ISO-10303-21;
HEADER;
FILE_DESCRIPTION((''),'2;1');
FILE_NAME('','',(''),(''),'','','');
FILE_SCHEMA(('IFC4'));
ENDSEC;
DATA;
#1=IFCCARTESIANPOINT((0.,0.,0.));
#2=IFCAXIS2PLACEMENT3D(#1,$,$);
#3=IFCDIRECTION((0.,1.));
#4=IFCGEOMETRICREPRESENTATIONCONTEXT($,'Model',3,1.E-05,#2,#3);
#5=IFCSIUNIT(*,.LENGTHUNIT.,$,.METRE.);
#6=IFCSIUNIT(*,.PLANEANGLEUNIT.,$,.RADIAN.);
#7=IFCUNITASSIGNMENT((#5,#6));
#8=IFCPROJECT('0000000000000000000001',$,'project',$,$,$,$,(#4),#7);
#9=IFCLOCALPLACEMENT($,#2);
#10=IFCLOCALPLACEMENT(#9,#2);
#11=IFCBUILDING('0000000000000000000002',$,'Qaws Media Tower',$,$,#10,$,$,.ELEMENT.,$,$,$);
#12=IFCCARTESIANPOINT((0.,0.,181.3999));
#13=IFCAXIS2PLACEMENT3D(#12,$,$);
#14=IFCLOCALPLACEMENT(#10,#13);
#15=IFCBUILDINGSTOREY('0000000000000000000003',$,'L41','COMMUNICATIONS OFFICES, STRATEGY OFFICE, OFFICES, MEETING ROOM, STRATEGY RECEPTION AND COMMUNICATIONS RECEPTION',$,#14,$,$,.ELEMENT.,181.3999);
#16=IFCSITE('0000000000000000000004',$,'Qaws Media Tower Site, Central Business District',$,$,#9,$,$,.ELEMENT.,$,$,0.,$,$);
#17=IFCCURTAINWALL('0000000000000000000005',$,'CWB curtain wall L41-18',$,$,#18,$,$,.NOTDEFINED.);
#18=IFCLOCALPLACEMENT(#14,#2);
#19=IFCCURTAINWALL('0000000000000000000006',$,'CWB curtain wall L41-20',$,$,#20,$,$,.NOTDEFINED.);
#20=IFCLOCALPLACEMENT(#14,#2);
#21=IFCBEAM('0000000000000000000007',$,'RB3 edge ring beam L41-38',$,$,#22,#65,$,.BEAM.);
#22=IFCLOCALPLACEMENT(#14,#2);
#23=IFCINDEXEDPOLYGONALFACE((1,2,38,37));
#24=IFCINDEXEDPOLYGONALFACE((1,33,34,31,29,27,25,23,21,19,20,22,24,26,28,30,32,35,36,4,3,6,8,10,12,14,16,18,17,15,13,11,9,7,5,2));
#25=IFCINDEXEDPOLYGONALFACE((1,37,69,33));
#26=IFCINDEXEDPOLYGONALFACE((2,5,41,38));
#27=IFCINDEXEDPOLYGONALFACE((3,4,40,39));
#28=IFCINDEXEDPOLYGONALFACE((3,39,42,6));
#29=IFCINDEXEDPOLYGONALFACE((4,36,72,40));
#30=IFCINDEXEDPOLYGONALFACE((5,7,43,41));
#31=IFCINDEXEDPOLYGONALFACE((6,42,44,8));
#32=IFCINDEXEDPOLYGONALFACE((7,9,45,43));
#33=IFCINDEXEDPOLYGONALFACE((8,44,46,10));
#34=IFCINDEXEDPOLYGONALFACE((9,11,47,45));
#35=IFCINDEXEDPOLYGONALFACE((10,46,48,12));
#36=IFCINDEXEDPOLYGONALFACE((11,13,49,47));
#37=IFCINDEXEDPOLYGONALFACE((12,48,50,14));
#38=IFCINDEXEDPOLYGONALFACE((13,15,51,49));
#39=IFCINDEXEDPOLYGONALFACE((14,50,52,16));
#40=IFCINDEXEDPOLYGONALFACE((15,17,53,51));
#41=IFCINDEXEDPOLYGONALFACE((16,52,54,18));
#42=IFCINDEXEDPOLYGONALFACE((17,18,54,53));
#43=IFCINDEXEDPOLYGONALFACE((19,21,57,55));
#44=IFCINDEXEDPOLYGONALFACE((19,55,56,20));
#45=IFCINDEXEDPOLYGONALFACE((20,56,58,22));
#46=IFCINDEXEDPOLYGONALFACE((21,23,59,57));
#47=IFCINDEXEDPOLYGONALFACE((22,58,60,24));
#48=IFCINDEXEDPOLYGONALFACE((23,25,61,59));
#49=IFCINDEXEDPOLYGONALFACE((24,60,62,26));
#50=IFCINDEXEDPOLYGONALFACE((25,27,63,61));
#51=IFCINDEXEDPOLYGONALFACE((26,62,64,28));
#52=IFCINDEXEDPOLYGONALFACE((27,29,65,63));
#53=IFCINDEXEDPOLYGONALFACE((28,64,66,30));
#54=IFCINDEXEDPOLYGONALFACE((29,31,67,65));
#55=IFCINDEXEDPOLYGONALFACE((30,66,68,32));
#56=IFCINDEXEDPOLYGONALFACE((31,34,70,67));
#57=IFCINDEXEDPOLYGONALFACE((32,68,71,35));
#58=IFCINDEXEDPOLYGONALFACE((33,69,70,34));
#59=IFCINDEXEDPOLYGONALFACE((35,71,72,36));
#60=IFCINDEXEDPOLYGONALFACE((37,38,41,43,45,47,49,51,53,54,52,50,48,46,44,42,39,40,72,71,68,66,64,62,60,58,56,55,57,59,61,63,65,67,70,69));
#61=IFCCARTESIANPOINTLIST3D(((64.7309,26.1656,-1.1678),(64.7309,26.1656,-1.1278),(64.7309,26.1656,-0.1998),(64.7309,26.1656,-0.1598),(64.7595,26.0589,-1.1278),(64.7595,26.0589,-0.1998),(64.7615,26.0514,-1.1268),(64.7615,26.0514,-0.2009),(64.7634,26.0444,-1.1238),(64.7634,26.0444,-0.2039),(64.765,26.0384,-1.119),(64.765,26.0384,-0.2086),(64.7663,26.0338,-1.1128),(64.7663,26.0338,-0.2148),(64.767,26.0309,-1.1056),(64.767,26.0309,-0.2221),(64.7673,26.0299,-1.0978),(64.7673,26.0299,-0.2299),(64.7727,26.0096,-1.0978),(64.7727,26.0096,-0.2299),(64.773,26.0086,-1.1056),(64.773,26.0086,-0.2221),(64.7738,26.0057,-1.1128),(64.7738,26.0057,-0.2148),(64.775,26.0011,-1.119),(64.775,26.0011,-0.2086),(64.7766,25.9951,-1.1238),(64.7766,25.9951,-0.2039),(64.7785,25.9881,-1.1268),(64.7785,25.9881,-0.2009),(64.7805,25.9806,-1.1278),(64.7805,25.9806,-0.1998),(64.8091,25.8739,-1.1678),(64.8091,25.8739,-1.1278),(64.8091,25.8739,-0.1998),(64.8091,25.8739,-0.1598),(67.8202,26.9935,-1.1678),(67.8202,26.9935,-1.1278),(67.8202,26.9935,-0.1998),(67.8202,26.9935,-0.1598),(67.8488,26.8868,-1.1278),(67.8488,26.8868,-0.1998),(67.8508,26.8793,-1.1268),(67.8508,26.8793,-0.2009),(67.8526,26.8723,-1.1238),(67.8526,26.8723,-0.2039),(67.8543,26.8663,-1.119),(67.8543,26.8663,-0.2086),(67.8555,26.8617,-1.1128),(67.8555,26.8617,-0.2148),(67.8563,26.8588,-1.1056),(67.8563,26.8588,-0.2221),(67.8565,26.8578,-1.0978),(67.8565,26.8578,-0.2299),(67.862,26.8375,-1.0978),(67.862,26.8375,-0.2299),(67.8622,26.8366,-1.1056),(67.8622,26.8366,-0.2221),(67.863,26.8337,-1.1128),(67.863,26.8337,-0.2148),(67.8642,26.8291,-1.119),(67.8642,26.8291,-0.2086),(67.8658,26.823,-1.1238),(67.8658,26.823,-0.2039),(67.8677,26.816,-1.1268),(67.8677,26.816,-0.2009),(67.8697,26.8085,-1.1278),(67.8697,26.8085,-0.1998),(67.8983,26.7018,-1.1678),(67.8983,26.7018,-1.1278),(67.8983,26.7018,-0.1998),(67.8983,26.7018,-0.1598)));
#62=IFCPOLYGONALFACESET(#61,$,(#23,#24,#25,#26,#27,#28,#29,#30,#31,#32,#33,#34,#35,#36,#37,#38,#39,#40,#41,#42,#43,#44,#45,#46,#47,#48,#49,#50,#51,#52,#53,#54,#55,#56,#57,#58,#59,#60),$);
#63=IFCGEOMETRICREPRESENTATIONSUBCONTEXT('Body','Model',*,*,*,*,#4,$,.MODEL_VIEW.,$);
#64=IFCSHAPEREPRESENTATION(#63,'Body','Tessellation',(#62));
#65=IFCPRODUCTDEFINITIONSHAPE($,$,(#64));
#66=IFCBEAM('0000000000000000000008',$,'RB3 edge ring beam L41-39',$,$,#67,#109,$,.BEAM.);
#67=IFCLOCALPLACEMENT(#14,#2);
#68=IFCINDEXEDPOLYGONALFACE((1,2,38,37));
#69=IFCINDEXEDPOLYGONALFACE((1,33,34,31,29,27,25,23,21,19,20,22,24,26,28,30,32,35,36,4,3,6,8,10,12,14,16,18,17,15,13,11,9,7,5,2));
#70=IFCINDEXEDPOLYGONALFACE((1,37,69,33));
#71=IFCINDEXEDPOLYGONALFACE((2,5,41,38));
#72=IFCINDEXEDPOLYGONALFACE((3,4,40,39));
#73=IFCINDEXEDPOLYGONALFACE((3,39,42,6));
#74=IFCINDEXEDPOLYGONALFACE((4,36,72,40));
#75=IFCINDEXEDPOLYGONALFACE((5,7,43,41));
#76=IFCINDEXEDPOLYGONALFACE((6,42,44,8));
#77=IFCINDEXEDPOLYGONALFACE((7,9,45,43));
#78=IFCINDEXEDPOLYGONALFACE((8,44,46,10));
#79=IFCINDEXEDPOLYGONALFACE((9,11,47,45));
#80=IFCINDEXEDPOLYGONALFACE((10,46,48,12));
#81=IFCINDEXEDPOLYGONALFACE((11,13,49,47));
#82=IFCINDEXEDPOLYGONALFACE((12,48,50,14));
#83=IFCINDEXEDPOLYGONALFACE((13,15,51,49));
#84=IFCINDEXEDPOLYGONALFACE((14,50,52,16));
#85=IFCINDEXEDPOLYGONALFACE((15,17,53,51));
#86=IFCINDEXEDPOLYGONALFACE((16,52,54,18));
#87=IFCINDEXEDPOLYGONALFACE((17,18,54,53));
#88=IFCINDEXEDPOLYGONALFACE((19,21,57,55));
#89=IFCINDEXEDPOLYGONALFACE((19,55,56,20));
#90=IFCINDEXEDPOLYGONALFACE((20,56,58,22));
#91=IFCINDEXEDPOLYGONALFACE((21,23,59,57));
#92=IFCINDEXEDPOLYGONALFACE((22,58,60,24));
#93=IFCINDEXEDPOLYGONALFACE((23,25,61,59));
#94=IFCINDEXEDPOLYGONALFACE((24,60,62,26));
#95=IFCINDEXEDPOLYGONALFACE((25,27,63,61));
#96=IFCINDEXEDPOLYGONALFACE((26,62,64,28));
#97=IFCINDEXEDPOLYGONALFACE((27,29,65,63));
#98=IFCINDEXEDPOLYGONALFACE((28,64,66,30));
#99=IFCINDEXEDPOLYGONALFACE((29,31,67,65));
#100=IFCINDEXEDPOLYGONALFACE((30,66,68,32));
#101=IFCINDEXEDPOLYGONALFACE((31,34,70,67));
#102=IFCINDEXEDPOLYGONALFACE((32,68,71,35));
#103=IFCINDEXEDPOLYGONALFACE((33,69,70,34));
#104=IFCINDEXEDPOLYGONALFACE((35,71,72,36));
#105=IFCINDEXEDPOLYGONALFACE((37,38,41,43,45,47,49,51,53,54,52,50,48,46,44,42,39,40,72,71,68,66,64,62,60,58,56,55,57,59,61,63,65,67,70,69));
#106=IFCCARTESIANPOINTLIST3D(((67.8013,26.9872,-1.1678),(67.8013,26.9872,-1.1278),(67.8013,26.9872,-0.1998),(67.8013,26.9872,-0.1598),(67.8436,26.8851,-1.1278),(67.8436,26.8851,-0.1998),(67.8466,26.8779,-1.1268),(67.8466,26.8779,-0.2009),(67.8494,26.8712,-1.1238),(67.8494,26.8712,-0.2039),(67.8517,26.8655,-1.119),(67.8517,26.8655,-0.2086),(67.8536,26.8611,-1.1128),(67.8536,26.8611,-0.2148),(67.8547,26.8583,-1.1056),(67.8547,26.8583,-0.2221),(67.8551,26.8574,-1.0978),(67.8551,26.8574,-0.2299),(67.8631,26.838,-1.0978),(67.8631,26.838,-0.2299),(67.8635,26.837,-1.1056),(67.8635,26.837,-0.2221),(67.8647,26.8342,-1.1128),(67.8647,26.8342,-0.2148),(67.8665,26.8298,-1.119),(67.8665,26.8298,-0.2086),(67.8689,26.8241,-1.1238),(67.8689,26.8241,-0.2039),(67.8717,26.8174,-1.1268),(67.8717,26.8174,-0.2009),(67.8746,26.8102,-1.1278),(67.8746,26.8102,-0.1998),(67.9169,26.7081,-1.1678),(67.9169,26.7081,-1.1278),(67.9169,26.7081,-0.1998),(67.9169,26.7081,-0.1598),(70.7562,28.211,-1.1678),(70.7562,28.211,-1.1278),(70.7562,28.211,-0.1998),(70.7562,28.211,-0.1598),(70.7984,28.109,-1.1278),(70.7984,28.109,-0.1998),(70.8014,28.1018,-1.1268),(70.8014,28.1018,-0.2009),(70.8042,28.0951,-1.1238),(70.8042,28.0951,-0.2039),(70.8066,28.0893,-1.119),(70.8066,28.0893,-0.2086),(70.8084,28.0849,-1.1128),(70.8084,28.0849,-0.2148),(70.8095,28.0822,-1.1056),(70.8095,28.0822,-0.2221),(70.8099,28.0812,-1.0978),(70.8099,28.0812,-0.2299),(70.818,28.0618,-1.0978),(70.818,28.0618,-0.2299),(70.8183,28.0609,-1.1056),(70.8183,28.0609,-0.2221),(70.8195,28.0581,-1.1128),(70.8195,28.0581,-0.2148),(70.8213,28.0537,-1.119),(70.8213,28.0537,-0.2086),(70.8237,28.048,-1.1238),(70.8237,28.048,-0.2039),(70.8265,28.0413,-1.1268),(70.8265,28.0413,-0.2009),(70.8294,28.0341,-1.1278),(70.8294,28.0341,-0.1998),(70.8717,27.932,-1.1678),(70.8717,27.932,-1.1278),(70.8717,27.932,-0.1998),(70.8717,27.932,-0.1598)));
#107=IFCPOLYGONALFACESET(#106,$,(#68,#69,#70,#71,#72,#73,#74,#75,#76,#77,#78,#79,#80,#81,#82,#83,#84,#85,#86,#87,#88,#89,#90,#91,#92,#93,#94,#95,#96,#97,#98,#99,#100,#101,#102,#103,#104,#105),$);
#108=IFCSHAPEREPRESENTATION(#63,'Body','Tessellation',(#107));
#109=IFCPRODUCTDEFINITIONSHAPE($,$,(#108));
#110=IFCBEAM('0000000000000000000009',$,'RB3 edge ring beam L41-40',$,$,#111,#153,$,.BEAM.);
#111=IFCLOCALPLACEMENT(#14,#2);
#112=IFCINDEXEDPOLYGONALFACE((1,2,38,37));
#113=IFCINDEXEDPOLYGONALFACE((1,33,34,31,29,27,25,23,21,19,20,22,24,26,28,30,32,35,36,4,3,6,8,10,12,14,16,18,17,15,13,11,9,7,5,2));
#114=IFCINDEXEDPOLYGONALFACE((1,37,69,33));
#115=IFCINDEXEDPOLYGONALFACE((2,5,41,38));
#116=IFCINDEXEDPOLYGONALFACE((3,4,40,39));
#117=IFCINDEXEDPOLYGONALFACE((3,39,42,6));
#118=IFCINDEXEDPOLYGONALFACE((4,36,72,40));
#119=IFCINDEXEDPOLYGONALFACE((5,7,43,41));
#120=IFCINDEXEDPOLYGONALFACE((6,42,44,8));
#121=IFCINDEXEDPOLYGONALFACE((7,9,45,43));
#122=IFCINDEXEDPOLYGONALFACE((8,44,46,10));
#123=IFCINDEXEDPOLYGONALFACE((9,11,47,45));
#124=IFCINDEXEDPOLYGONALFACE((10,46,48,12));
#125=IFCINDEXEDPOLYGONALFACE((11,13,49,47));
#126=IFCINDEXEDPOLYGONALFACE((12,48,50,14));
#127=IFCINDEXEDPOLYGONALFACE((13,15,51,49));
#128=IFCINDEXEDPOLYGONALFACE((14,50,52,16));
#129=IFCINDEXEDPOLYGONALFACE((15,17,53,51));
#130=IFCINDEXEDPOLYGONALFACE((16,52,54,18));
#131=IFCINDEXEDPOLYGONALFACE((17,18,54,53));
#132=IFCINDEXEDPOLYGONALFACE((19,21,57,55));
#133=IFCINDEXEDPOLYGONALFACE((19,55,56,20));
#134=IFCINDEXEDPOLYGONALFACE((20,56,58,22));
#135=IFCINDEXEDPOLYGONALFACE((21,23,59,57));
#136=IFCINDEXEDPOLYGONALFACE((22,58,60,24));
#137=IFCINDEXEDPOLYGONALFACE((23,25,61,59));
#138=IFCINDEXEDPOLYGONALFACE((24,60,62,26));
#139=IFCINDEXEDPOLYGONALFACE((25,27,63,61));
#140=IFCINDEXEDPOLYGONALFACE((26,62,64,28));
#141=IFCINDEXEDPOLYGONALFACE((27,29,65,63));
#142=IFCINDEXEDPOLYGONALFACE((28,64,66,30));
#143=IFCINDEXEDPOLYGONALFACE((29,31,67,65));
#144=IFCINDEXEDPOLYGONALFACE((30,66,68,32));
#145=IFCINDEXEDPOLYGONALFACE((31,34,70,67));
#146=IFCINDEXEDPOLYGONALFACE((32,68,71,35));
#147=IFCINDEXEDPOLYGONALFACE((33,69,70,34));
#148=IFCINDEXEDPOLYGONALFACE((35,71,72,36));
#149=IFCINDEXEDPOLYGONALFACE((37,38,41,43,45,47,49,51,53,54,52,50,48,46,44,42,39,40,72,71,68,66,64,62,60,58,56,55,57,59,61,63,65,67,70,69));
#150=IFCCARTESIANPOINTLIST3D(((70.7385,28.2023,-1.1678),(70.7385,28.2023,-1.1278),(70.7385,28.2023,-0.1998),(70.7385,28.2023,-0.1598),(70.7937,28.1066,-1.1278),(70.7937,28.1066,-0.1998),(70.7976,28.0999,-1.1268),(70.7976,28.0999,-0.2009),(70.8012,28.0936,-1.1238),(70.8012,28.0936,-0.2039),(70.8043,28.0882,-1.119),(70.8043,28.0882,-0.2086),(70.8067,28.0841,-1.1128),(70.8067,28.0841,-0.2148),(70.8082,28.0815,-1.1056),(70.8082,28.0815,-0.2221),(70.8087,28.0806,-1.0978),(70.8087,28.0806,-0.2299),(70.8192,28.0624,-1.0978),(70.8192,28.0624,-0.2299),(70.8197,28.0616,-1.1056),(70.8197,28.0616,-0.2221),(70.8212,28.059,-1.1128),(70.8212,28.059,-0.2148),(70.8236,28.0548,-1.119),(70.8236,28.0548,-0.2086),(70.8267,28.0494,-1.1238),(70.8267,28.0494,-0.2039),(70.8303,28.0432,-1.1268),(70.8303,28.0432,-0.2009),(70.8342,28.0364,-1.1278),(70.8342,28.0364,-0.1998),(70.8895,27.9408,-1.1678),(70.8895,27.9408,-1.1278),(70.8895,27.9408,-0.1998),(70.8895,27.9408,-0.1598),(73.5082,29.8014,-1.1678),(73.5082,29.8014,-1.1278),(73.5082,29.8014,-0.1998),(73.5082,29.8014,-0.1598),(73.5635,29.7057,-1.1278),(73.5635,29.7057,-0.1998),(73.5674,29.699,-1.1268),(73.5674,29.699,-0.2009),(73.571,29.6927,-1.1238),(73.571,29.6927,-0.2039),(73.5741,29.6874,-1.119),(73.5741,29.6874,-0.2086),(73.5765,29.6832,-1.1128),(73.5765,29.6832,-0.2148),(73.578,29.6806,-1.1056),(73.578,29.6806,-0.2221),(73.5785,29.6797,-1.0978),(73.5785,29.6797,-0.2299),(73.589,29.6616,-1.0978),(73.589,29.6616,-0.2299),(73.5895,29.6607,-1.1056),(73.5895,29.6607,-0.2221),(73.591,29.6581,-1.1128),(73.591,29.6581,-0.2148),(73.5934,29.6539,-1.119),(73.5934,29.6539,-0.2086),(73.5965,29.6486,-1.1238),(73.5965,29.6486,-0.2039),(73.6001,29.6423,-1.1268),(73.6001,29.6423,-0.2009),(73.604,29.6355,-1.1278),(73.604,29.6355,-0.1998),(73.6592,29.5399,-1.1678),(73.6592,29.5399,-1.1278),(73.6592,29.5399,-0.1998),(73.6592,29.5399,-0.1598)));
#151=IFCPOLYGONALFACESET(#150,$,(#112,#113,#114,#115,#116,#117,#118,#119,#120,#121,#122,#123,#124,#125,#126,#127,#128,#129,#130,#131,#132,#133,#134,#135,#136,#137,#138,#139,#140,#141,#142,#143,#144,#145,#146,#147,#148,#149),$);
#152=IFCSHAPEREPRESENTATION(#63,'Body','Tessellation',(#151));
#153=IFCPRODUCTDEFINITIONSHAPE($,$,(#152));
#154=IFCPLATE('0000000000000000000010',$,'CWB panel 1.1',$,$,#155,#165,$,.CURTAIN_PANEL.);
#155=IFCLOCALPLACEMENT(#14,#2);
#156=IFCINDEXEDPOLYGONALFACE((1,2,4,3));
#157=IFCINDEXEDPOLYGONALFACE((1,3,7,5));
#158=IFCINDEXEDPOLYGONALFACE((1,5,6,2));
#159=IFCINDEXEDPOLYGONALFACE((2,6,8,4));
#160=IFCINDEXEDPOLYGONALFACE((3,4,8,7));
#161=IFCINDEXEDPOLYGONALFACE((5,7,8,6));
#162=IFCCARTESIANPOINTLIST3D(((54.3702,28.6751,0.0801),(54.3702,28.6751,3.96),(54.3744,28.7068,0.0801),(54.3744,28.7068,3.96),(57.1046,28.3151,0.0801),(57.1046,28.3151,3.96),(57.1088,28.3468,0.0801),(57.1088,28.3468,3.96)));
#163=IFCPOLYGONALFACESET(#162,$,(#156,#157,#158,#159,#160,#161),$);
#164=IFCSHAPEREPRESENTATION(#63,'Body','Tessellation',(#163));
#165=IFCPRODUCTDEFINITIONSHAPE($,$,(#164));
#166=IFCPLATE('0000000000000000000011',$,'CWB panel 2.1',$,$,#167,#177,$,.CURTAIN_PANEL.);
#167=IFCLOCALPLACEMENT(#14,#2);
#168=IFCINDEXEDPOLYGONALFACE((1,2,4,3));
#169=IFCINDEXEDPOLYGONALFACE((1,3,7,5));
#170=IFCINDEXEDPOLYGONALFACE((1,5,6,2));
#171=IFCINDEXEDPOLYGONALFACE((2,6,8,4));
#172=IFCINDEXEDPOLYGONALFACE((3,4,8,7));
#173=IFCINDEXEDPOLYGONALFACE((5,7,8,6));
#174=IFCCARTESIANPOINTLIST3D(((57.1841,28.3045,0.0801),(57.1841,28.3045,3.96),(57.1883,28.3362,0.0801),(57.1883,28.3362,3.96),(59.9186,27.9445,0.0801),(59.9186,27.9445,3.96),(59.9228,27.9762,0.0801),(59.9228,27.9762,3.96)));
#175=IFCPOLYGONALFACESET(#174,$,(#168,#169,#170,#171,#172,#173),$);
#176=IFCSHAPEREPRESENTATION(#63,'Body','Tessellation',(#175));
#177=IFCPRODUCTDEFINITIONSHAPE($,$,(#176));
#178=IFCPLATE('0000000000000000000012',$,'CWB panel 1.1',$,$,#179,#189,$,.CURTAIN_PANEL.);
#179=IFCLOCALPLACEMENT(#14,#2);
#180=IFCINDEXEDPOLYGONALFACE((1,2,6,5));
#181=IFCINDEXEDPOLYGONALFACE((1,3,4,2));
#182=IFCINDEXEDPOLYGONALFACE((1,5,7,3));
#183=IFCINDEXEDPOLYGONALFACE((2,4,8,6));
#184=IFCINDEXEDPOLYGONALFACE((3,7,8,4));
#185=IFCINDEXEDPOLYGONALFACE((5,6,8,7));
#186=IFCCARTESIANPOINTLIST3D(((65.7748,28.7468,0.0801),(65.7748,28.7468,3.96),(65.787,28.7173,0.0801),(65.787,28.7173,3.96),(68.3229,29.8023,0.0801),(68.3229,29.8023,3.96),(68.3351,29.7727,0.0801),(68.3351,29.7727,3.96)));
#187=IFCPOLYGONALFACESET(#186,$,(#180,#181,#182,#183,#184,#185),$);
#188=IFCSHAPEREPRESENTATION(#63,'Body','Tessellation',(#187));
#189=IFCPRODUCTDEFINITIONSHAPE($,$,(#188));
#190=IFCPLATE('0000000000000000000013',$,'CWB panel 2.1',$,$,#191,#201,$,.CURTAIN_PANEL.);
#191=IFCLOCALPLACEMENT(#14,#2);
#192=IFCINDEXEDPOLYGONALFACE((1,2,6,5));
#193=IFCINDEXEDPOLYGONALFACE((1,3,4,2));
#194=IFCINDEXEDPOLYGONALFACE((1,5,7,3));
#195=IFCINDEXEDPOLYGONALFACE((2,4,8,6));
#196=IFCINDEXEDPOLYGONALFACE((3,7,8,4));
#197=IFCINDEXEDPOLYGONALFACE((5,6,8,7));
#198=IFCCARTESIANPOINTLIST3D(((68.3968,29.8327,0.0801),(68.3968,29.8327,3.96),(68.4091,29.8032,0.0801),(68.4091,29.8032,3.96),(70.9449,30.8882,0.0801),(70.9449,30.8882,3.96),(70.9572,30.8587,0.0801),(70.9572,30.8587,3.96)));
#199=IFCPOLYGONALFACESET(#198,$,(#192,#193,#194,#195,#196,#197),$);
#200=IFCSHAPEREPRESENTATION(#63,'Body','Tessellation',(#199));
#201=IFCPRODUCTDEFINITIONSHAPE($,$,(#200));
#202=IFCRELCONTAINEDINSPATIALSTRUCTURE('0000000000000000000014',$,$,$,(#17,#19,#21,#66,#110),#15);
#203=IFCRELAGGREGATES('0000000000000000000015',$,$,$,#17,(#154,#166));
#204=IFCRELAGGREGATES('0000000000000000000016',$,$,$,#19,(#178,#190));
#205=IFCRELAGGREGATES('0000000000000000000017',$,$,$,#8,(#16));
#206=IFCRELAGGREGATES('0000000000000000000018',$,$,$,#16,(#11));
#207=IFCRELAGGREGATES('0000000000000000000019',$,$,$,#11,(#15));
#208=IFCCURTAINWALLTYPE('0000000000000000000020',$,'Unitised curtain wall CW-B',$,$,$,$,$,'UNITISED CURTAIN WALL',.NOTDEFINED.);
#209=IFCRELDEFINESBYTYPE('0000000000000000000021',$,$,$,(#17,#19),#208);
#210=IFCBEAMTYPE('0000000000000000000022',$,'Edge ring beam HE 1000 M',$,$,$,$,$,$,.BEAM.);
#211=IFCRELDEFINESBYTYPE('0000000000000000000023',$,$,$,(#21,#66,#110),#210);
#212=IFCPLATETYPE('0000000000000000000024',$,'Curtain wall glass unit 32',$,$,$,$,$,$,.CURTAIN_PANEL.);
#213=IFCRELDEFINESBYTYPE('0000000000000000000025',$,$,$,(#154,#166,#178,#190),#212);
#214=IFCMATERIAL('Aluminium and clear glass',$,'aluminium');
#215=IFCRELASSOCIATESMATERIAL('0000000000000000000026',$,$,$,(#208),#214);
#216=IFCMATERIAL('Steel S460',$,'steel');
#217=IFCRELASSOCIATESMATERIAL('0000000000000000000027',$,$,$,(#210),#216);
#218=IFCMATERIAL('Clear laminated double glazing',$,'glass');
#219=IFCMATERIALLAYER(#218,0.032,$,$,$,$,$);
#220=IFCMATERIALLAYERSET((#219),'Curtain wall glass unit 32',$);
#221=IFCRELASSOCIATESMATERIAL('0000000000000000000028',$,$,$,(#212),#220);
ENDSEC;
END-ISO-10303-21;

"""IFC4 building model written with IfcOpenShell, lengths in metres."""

from ifc_helpers import new_model, si_unit, direction, frame, origin, origin_2d, place, context, subcontext, project, spatial, rectangle, i_section, extrude, material, layer, layer_set, material_profile, profile_set, type_object, element, aggregate, save


model = new_model("IFC4")

# Units and contexts
model_context = context("Model", 3, precision=1e-05, world=origin(), true_north=direction((0.0, 1.0)))
body_context = subcontext(model_context, "Body", "Model", "MODEL_VIEW")
ifc_project = project(units=[si_unit("LENGTHUNIT", "METRE"), si_unit("PLANEANGLEUNIT", "RADIAN")], contexts=[model_context])

# Site, building, storey
site_placement = place(None, origin())
site = spatial("IfcSite", under=ifc_project, at=site_placement, Name="Qaws Media Tower Site, Central Business District", CompositionType="ELEMENT", RefElevation=0.0)
building_placement = place(site_placement, origin())
building = spatial("IfcBuilding", under=site, at=building_placement, Name="Qaws Media Tower", CompositionType="ELEMENT")
storey_placement = place(building_placement, frame((0.0, 0.0, 181.3999)))
storey = spatial("IfcBuildingStorey", under=building, at=storey_placement, Name="L41", Description="COMMUNICATIONS OFFICES, STRATEGY OFFICE, OFFICES, MEETING ROOM, STRATEGY RECEPTION AND COMMUNICATIONS RECEPTION", CompositionType="ELEMENT", Elevation=181.3999)

# Curtain walls
ifc_material_1 = material(Name="Aluminium and clear glass", Category="aluminium")
curtain_wall_type = type_object("IfcCurtainWallType", Name="Unitised curtain wall CW-B", ElementType="UNITISED CURTAIN WALL", PredefinedType="NOTDEFINED", material=ifc_material_1)
curtain_wall_1_placement = place(storey_placement, origin())
curtain_wall_1 = element("IfcCurtainWall", 1, at=curtain_wall_1_placement, inside=storey, type_object=curtain_wall_type, Name="CWB curtain wall L41-18", PredefinedType="NOTDEFINED")
curtain_wall_2_placement = place(storey_placement, origin())
curtain_wall_2 = element("IfcCurtainWall", 2, at=curtain_wall_2_placement, inside=storey, type_object=curtain_wall_type, Name="CWB curtain wall L41-20", PredefinedType="NOTDEFINED")

# Beams
ifc_material_2 = material(Name="Steel S460", Category="steel")
ifc_material_profile_1 = material_profile(ifc_material_2, i_section(OverallWidth=0.302, OverallDepth=1.0081, WebThickness=0.021, FlangeThickness=0.04, FilletRadius=0.03, at=origin_2d()), Name="HE 1000 M")
ifc_profile_set_1 = profile_set([ifc_material_profile_1], Name="Steel S460")
beam_type = type_object("IfcBeamType", Name="Edge ring beam HE 1000 M", PredefinedType="BEAM", material=ifc_profile_set_1)
for number, where, z_axis, x_axis, name in (
    (3, (64.77, 26.0198, -0.6638), (0.965914, 0.258865, 0.0), (-0.258865, 0.965914, 0.0), "RB3 edge ring beam L41-38"),
    (4, (67.8591, 26.8477, -0.6638), (0.923886, 0.382669, 0.0), (-0.382669, 0.923886, 0.0), "RB3 edge ring beam L41-39"),
    (5, (70.814, 28.0715, -0.6638), (0.866027, 0.499998, 0.0), (-0.499998, 0.866027, 0.0), "RB3 edge ring beam L41-40"),
):
    element("IfcBeam", number, at=place(storey_placement, frame(where, z_axis=z_axis, x_axis=x_axis)), inside=storey, type_object=beam_type, Name=name, PredefinedType="BEAM", context=body_context, shape_type="SweptSolid", body=[
        extrude(i_section(OverallWidth=0.302, OverallDepth=1.0081, WebThickness=0.021, FlangeThickness=0.04, FilletRadius=0.03, at=origin_2d()), origin(), (0.0, 0.0, 1.0), 3.1982),
    ])

# Plates
ifc_material_3 = material(Name="Clear laminated double glazing", Category="glass")
ifc_layer_1 = layer(ifc_material_3, 0.032)
ifc_layer_set_1 = layer_set([ifc_layer_1], Name="Curtain wall glass unit 32")
plate_type_1 = type_object("IfcPlateType", Name="Curtain wall glass unit 32", PredefinedType="CURTAIN_PANEL", material=ifc_layer_set_1)
plate_1_placement = place(storey_placement, frame((55.7395, 28.511, 0.0801), z_axis=(0.0, 0.0, 1.0), x_axis=(0.991445, -0.130526, 0.0)))
plate_1 = element("IfcPlate", 6, at=plate_1_placement, type_object=plate_type_1, Name="CWB panel 1.1", PredefinedType="CURTAIN_PANEL", context=body_context, shape_type="SweptSolid", body=[
    extrude(rectangle(XDim=2.7581, YDim=0.032, at=origin_2d()), origin(), (0.0, 0.0, 1.0), 3.8799),
])
plate_2_placement = place(storey_placement, frame((58.5535, 28.1404, 0.0801), z_axis=(0.0, 0.0, 1.0), x_axis=(0.991445, -0.130526, 0.0)))
plate_2 = element("IfcPlate", 7, at=plate_2_placement, type_object=plate_type_1, Name="CWB panel 2.1", PredefinedType="CURTAIN_PANEL", context=body_context, shape_type="SweptSolid", body=[
    extrude(rectangle(XDim=2.7581, YDim=0.032, at=origin_2d()), origin(), (0.0, 0.0, 1.0), 3.8799),
])
aggregate(curtain_wall_1, [plate_1, plate_2])
plate_3_placement = place(storey_placement, frame((67.0549, 29.2598, 0.0801), z_axis=(0.0, 0.0, 1.0), x_axis=(0.92388, 0.382683, 0.0)))
plate_3 = element("IfcPlate", 8, at=plate_3_placement, type_object=plate_type_1, Name="CWB panel 1.1", PredefinedType="CURTAIN_PANEL", context=body_context, shape_type="SweptSolid", body=[
    extrude(rectangle(XDim=2.7581, YDim=0.032, at=origin_2d()), origin(), (0.0, 0.0, 1.0), 3.8799),
])
plate_4_placement = place(storey_placement, frame((69.677, 30.3457, 0.0801), z_axis=(0.0, 0.0, 1.0), x_axis=(0.92388, 0.382683, 0.0)))
plate_4 = element("IfcPlate", 9, at=plate_4_placement, type_object=plate_type_1, Name="CWB panel 2.1", PredefinedType="CURTAIN_PANEL", context=body_context, shape_type="SweptSolid", body=[
    extrude(rectangle(XDim=2.7581, YDim=0.032, at=origin_2d()), origin(), (0.0, 0.0, 1.0), 3.8799),
])
aggregate(curtain_wall_2, [plate_3, plate_4])

save(model, "model.ifc")
